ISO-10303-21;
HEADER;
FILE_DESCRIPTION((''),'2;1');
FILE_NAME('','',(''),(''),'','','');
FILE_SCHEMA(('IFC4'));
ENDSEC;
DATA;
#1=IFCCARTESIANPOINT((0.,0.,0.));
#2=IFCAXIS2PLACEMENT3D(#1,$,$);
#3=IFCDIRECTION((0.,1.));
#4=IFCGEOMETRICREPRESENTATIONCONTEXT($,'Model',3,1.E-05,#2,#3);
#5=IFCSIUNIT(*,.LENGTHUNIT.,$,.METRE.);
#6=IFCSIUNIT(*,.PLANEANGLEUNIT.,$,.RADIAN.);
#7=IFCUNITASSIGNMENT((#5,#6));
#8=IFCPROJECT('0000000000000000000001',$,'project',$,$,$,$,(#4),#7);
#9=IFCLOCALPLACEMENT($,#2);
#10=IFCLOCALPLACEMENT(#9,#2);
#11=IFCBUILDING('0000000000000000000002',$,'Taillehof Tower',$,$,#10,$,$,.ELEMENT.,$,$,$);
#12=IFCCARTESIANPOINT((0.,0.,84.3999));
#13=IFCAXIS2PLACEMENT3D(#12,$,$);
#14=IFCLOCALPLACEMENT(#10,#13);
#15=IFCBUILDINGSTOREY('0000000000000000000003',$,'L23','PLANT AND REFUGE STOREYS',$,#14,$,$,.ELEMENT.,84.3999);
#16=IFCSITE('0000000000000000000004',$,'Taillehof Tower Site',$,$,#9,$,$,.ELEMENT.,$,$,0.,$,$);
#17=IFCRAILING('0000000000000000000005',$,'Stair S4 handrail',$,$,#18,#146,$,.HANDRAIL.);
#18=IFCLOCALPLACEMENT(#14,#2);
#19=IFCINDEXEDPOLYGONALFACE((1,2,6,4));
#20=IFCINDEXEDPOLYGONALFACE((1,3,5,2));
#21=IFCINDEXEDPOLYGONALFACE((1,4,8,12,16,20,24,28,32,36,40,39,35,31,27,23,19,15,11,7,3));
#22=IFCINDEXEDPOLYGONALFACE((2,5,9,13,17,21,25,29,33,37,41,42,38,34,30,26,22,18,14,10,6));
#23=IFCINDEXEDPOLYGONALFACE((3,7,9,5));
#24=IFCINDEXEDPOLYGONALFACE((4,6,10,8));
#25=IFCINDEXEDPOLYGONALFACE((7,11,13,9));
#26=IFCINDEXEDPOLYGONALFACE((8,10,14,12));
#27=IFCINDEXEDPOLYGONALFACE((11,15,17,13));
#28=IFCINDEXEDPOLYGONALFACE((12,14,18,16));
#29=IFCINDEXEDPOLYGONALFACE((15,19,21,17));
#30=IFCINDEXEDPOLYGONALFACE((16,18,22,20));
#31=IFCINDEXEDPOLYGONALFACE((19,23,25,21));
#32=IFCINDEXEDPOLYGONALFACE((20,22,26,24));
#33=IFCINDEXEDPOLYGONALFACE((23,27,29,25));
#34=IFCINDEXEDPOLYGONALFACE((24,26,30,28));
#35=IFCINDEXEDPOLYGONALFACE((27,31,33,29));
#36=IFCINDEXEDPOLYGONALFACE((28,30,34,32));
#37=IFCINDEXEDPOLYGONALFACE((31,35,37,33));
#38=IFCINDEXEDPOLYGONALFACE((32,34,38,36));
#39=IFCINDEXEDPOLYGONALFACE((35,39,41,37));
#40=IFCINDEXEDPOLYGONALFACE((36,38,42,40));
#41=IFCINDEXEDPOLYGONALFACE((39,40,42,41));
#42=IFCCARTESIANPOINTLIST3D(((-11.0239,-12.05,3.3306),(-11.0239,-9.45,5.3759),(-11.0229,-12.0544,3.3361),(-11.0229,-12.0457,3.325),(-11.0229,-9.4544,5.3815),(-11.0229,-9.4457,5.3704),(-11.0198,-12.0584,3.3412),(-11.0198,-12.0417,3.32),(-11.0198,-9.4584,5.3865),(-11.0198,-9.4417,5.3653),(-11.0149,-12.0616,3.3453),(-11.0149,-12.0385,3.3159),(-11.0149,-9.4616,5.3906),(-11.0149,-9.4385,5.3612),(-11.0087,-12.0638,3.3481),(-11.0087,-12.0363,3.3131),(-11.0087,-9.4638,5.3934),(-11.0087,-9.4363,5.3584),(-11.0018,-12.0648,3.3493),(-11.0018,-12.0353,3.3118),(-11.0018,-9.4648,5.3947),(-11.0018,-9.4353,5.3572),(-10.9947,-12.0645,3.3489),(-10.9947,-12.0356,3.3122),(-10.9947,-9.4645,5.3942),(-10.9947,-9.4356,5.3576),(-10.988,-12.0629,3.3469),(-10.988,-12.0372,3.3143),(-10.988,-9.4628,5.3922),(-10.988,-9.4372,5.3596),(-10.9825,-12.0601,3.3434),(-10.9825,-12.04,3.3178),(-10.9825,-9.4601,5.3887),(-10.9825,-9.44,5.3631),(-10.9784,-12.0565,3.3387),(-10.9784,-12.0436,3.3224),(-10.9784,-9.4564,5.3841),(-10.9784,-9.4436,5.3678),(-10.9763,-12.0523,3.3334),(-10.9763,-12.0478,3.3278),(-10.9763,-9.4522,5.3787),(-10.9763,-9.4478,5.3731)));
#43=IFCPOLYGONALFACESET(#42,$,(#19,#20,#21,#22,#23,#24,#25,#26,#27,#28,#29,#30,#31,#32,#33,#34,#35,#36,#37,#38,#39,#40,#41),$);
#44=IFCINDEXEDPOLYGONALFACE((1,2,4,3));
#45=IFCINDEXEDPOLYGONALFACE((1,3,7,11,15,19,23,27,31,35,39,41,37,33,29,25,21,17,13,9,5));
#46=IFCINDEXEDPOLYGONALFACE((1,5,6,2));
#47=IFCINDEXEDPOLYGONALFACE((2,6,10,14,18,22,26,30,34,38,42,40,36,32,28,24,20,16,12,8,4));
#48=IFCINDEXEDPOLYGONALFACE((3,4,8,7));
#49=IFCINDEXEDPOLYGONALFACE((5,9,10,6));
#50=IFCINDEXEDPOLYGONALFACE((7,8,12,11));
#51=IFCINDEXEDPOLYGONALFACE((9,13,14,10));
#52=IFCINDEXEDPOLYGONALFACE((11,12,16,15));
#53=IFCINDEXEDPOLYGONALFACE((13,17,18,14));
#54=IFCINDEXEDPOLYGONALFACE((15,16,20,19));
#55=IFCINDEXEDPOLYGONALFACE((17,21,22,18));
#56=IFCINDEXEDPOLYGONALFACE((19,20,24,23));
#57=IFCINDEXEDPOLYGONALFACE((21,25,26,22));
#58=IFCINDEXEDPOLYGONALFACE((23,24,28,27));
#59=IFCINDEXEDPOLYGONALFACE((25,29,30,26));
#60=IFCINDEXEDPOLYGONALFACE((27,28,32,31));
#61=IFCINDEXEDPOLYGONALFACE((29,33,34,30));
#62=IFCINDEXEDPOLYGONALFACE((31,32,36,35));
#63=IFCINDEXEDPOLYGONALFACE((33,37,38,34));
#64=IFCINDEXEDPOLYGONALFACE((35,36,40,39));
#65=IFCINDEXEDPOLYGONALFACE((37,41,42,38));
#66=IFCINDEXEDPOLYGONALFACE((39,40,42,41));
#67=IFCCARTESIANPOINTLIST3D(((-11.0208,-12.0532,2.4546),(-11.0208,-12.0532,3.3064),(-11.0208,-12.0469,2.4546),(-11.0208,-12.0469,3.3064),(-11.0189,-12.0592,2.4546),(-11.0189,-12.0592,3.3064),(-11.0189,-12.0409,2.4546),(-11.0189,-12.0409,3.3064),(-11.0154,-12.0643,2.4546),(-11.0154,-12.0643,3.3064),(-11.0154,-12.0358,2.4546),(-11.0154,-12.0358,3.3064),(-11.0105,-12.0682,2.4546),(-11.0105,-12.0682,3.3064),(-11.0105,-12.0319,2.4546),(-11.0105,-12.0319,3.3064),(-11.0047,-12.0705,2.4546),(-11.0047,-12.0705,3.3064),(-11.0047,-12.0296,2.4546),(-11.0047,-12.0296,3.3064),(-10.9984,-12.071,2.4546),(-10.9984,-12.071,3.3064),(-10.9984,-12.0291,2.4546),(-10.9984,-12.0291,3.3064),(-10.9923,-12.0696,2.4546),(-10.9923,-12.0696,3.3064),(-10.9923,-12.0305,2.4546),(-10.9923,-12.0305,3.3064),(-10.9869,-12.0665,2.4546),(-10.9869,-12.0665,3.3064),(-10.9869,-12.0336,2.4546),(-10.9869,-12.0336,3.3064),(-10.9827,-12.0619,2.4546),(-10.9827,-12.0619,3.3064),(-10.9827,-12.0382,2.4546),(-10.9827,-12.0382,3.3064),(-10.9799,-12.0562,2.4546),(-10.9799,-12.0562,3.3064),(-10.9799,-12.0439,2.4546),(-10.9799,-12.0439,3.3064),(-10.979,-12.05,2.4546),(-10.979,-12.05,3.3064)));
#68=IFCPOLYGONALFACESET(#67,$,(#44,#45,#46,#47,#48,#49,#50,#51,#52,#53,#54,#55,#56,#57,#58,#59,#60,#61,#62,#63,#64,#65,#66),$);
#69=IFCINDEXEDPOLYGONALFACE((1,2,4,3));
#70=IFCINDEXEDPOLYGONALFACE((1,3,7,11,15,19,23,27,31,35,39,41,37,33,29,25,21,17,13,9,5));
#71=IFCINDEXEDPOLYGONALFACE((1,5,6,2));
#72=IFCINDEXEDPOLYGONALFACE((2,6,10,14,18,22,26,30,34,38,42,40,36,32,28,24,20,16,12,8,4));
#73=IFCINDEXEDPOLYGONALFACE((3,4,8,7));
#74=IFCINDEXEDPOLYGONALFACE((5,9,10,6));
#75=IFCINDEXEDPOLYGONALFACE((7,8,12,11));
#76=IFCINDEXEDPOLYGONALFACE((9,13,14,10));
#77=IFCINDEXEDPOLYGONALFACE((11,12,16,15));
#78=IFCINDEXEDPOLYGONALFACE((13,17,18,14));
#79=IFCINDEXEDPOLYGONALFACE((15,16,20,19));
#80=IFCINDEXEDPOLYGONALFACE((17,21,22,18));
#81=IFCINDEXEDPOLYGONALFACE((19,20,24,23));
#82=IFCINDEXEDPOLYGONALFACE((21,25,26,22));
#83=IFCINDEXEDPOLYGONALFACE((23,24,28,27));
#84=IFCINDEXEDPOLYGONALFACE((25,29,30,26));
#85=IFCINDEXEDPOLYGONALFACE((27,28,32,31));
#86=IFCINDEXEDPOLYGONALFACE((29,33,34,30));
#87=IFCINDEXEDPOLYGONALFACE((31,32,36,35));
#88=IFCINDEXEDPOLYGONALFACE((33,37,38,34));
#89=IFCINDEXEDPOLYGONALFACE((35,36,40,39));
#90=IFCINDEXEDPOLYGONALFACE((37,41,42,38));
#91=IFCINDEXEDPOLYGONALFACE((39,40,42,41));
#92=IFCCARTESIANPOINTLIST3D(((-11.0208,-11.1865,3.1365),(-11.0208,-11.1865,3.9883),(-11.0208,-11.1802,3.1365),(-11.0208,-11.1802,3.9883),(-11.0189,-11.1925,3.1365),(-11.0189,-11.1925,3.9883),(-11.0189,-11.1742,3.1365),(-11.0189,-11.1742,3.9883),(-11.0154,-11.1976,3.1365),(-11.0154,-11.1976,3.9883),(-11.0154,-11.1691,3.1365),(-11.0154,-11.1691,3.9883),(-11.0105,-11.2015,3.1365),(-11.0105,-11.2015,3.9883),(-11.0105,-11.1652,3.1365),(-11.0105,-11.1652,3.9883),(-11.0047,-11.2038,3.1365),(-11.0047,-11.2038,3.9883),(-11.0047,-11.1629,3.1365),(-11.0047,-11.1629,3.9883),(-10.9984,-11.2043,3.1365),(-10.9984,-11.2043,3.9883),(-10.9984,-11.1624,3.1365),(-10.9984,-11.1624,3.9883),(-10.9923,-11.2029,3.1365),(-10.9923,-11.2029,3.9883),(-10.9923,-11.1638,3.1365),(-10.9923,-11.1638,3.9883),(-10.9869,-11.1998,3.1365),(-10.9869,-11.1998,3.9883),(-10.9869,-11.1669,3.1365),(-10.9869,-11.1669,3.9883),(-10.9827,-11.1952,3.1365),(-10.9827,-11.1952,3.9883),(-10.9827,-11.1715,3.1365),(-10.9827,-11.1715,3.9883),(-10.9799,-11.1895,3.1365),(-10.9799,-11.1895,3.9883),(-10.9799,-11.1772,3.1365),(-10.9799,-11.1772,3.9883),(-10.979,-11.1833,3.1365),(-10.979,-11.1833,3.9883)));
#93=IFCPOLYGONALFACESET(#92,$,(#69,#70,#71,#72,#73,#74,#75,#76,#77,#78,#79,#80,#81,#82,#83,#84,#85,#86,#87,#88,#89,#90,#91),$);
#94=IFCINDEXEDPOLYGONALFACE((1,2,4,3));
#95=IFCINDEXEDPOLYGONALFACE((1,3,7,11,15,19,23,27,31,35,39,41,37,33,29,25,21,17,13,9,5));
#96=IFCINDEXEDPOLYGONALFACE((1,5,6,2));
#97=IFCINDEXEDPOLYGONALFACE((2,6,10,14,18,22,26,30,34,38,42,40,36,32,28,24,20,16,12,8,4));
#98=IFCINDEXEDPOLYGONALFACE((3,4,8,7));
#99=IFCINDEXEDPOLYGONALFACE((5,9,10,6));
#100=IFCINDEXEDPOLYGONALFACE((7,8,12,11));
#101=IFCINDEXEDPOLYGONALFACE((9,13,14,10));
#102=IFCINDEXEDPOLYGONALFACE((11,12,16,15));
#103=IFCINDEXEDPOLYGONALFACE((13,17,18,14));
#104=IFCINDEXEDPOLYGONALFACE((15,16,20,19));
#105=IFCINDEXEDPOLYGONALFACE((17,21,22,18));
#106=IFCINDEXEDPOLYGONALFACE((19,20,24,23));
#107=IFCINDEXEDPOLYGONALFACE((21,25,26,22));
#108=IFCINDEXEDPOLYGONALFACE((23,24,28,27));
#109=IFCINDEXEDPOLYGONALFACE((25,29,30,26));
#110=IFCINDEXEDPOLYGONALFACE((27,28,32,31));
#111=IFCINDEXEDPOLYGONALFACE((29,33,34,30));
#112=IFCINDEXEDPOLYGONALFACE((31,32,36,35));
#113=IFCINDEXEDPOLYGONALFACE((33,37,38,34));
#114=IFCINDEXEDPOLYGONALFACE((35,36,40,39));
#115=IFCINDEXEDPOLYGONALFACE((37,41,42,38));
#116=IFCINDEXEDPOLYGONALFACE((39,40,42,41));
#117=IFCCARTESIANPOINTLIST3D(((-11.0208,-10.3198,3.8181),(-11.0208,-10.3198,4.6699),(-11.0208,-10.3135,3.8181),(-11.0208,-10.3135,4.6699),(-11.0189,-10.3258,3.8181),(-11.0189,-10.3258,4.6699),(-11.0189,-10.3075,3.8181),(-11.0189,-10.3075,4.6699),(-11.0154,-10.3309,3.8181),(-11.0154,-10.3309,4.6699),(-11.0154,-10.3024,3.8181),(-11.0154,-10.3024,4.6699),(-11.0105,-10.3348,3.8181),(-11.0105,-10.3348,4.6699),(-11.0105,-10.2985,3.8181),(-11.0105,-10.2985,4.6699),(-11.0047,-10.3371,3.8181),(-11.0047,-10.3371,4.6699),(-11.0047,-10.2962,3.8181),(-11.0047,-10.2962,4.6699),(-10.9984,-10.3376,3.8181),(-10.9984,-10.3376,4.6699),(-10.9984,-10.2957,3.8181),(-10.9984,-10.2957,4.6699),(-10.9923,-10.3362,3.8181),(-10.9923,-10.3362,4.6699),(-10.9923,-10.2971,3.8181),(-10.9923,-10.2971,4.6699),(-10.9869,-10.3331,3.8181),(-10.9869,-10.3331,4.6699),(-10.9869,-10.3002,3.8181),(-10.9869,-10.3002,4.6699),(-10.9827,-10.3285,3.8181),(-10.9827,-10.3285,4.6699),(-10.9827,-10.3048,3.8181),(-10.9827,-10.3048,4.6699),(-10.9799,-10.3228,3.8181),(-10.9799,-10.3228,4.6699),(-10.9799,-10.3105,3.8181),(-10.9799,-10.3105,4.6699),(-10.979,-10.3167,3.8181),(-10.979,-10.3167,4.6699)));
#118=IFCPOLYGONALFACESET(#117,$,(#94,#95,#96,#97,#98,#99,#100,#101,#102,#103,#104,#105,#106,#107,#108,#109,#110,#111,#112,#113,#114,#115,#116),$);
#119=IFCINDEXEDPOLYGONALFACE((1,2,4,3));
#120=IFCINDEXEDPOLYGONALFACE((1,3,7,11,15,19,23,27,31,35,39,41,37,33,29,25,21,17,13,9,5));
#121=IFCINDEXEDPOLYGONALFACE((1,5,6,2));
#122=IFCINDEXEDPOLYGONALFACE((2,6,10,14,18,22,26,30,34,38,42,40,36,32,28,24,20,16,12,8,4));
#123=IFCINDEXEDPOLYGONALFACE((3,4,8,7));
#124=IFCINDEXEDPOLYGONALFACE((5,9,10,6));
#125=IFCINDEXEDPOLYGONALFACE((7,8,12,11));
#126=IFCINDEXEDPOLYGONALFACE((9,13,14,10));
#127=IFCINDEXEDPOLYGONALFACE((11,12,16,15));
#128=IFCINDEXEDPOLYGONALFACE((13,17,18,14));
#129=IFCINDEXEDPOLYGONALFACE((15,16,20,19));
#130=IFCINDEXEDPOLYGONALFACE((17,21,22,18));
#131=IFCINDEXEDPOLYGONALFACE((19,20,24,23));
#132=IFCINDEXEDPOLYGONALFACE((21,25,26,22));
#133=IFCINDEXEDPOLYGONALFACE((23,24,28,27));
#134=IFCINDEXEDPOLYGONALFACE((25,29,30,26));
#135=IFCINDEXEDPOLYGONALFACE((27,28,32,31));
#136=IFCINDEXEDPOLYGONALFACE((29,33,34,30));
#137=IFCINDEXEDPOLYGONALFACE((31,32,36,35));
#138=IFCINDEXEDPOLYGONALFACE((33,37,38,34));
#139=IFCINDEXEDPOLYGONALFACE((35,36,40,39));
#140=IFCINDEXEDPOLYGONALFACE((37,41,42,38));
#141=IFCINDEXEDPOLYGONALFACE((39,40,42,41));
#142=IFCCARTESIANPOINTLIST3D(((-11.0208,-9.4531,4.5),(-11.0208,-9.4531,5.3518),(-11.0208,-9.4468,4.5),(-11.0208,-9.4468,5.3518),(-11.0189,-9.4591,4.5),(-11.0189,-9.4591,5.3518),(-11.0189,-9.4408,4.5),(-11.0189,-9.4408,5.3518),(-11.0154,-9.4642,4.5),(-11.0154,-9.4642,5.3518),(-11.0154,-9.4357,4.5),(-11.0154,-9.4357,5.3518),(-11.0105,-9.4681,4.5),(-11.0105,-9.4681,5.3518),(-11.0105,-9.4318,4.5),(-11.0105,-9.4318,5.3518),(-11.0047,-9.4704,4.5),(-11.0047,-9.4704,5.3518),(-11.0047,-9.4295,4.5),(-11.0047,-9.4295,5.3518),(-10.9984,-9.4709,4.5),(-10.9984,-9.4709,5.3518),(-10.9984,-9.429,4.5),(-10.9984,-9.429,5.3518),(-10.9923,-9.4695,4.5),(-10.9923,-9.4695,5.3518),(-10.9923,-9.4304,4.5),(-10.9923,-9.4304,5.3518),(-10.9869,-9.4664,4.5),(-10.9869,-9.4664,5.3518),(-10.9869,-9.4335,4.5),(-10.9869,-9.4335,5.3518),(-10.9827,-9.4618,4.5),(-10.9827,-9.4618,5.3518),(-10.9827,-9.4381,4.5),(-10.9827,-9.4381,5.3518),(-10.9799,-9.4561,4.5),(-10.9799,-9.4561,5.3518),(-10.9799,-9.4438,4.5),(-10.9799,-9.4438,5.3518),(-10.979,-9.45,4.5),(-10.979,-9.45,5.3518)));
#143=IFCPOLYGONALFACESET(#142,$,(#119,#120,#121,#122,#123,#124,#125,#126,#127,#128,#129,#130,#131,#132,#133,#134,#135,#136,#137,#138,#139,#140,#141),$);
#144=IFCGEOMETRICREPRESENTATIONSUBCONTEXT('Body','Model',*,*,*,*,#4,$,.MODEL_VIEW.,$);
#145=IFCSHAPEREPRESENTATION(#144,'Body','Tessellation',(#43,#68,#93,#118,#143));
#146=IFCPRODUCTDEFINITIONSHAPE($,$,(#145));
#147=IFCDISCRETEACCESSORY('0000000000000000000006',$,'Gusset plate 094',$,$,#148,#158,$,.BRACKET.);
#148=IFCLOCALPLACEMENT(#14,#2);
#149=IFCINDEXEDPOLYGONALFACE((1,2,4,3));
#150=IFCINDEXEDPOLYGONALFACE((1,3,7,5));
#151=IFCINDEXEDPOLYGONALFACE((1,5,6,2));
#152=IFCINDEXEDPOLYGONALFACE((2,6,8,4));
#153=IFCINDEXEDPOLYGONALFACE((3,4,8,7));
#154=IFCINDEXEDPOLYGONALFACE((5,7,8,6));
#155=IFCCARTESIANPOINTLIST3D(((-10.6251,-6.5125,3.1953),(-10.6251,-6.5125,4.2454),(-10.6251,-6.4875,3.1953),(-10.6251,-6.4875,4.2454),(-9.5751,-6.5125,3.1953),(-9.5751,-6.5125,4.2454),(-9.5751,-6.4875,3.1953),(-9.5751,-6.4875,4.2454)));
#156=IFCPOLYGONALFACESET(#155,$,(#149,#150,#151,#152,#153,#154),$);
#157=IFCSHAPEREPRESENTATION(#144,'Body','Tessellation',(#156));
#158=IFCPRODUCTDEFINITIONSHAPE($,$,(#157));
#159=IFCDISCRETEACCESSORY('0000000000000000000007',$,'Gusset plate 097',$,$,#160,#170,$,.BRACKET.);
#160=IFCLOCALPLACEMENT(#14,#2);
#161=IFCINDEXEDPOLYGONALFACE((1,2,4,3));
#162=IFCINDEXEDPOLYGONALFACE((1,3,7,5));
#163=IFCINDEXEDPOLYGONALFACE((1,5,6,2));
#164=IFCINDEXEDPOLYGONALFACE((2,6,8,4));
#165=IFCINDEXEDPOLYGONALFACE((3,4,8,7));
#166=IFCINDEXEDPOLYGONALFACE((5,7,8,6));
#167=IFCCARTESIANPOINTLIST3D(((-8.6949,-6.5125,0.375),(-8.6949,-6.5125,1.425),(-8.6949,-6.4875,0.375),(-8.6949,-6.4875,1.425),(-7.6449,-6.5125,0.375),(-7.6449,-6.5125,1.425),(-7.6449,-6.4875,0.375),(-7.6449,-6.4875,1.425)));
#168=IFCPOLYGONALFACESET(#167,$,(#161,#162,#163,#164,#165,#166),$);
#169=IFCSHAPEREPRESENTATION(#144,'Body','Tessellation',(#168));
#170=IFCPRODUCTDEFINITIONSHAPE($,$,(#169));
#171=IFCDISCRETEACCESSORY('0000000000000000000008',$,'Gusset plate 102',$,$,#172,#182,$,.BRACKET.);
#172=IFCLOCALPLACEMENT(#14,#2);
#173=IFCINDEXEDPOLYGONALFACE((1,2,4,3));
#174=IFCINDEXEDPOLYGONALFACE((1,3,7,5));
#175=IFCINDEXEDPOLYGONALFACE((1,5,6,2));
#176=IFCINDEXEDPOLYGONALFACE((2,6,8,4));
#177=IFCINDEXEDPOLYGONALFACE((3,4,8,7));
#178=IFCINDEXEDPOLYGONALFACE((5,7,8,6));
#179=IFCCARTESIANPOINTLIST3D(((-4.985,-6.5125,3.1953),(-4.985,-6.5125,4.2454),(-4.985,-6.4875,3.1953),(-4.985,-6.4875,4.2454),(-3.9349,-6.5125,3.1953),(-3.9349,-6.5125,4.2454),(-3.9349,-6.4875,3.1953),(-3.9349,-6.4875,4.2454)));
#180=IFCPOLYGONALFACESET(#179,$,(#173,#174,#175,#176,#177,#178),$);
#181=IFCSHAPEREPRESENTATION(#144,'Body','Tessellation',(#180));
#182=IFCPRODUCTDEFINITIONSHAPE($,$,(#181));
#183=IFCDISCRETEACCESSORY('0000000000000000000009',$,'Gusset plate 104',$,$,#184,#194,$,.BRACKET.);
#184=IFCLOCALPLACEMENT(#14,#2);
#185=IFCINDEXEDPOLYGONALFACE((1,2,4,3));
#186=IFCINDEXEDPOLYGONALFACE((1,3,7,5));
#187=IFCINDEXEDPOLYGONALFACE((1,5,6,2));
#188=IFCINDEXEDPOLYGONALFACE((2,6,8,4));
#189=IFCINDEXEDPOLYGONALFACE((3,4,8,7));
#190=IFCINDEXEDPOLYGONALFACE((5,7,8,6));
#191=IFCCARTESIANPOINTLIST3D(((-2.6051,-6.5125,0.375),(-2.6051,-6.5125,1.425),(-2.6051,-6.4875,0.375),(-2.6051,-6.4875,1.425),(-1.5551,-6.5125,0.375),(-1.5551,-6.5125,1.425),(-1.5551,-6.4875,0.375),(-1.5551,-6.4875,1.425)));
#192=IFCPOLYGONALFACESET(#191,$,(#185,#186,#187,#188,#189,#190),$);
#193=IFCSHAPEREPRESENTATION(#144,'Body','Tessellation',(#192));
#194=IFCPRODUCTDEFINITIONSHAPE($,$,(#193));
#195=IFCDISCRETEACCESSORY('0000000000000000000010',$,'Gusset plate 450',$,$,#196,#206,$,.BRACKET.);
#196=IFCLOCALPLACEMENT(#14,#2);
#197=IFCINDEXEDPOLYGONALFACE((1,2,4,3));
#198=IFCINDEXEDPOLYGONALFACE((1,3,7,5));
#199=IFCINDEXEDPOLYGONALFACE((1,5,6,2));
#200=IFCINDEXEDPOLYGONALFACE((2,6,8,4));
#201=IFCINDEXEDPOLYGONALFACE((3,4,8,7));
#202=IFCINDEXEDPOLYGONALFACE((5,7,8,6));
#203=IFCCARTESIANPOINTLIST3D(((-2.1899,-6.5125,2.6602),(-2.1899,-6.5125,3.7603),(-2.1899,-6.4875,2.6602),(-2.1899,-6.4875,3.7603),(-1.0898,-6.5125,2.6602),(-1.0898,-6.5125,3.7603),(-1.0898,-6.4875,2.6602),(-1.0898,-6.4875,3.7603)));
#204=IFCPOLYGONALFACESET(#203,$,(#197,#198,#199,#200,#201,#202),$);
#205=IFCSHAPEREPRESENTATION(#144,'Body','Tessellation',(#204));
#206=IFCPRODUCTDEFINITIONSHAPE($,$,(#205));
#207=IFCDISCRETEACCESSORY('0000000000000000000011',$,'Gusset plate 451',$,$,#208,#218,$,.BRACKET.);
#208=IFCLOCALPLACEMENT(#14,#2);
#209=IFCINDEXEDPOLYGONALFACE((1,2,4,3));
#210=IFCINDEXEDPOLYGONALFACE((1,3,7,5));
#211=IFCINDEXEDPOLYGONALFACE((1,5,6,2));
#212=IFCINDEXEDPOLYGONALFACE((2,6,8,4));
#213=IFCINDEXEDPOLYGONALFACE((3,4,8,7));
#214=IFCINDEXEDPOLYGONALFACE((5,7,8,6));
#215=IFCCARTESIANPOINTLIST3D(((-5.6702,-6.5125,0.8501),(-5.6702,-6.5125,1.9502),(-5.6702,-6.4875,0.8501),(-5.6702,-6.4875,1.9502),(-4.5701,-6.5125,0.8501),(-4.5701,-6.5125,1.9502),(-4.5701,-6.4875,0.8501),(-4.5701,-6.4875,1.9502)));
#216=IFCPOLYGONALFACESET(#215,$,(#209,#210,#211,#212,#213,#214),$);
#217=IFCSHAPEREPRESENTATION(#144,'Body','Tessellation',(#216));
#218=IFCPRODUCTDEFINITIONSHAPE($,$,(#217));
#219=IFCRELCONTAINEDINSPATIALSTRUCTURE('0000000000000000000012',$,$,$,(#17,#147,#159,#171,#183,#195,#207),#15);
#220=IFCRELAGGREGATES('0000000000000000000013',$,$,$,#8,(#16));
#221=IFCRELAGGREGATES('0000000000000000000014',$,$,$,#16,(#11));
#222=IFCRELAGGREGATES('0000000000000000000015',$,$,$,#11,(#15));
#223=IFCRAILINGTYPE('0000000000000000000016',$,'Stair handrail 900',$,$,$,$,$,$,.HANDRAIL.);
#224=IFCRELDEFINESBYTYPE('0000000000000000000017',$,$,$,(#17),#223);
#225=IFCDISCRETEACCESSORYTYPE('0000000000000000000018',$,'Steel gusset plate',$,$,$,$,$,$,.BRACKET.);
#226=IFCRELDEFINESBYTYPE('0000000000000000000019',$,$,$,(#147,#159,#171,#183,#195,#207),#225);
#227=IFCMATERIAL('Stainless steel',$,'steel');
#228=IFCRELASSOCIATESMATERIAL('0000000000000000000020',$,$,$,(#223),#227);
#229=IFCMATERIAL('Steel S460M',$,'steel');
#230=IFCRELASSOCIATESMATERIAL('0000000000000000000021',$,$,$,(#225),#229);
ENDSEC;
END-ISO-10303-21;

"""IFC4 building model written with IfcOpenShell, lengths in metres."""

from ifc_helpers import new_model, si_unit, direction, frame, origin, origin_2d, place, context, subcontext, project, spatial, rectangle, circle, extrude, material, type_object, element, save


model = new_model("IFC4")

# Units and contexts
model_context = context("Model", 3, precision=1e-05, world=origin(), true_north=direction((0.0, 1.0)))
body_context = subcontext(model_context, "Body", "Model", "MODEL_VIEW")
ifc_project = project(units=[si_unit("LENGTHUNIT", "METRE"), si_unit("PLANEANGLEUNIT", "RADIAN")], contexts=[model_context])

# Site, building, storey
site_placement = place(None, origin())
site = spatial("IfcSite", under=ifc_project, at=site_placement, Name="Taillehof Tower Site", CompositionType="ELEMENT", RefElevation=0.0)
building_placement = place(site_placement, origin())
building = spatial("IfcBuilding", under=site, at=building_placement, Name="Taillehof Tower", CompositionType="ELEMENT")
storey_placement = place(building_placement, frame((0.0, 0.0, 84.3999)))
storey = spatial("IfcBuildingStorey", under=building, at=storey_placement, Name="L23", Description="PLANT AND REFUGE STOREYS", CompositionType="ELEMENT", Elevation=84.3999)

# Railing
ifc_material_1 = material(Name="Stainless steel", Category="steel")
railing_type = type_object("IfcRailingType", Name="Stair handrail 900", PredefinedType="HANDRAIL", material=ifc_material_1)
railing_placement = place(storey_placement, frame((-11.0, -12.05, 2.4546)))
element("IfcRailing", 1, at=railing_placement, inside=storey, type_object=railing_type, Name="Stair S4 handrail", PredefinedType="HANDRAIL", context=body_context, shape_type="SweptSolid", body=[
    extrude(circle(Radius=0.0239, at=origin_2d()), frame((0.0, 0.0, 0.876), z_axis=(0.0, 0.785955, 0.618284), x_axis=(-1.0, 0.0, 0.0)), (0.0, 0.0, 1.0), 3.3081),
    extrude(circle(Radius=0.021, at=origin_2d()), origin(), (0.0, 0.0, 1.0), 0.8518),
    extrude(circle(Radius=0.021, at=origin_2d()), frame((0.0, 0.8667, 0.6819)), (0.0, 0.0, 1.0), 0.8518),
    extrude(circle(Radius=0.021, at=origin_2d()), frame((0.0, 1.7334, 1.3635)), (0.0, 0.0, 1.0), 0.8518),
    extrude(circle(Radius=0.021, at=origin_2d()), frame((0.0, 2.6001, 2.0454)), (0.0, 0.0, 1.0), 0.8518),
])

# Discrete accessories
ifc_material_2 = material(Name="Steel S460M", Category="steel")
discrete_accessory_type = type_object("IfcDiscreteAccessoryType", Name="Steel gusset plate", PredefinedType="BRACKET", material=ifc_material_2)
for number, where, z_axis, x_axis, name in (
    (2, (-10.1001, -6.5, 3.1953), (0.0, 0.0, 1.0), (-1.0, 0.0, 0.0), "Gusset plate 094"),
    (3, (-8.1699, -6.5, 0.375), (0.0, 0.0, 1.0), (-1.0, 0.0, 0.0), "Gusset plate 097"),
    (4, (-4.46, -6.5, 3.1953), (0.0, 0.0, 1.0), (-1.0, 0.0, 0.0), "Gusset plate 102"),
    (5, (-2.0801, -6.5, 0.375), (0.0, 0.0, 1.0), (-1.0, 0.0, 0.0), "Gusset plate 104"),
):
    element("IfcDiscreteAccessory", number, at=place(storey_placement, frame(where, z_axis=z_axis, x_axis=x_axis)), inside=storey, type_object=discrete_accessory_type, Name=name, PredefinedType="BRACKET", context=body_context, shape_type="SweptSolid", body=[
        extrude(rectangle(XDim=1.05, YDim=0.0249, at=origin_2d()), origin(), (0.0, 0.0, 1.0), 1.05),
    ])
for number, where, z_axis, x_axis, name in (
    (6, (-1.6399, -6.5, 2.6602), (0.0, 0.0, 1.0), (1.0, 0.0, 0.0), "Gusset plate 450"),
    (7, (-5.1201, -6.5, 0.8501), (0.0, 0.0, 1.0), (1.0, 0.0, 0.0), "Gusset plate 451"),
):
    element("IfcDiscreteAccessory", number, at=place(storey_placement, frame(where, z_axis=z_axis, x_axis=x_axis)), inside=storey, type_object=discrete_accessory_type, Name=name, PredefinedType="BRACKET", context=body_context, shape_type="SweptSolid", body=[
        extrude(rectangle(XDim=1.1001, YDim=0.0249, at=origin_2d()), origin(), (0.0, 0.0, 1.0), 1.1001),
    ])

save(model, "model.ifc")
